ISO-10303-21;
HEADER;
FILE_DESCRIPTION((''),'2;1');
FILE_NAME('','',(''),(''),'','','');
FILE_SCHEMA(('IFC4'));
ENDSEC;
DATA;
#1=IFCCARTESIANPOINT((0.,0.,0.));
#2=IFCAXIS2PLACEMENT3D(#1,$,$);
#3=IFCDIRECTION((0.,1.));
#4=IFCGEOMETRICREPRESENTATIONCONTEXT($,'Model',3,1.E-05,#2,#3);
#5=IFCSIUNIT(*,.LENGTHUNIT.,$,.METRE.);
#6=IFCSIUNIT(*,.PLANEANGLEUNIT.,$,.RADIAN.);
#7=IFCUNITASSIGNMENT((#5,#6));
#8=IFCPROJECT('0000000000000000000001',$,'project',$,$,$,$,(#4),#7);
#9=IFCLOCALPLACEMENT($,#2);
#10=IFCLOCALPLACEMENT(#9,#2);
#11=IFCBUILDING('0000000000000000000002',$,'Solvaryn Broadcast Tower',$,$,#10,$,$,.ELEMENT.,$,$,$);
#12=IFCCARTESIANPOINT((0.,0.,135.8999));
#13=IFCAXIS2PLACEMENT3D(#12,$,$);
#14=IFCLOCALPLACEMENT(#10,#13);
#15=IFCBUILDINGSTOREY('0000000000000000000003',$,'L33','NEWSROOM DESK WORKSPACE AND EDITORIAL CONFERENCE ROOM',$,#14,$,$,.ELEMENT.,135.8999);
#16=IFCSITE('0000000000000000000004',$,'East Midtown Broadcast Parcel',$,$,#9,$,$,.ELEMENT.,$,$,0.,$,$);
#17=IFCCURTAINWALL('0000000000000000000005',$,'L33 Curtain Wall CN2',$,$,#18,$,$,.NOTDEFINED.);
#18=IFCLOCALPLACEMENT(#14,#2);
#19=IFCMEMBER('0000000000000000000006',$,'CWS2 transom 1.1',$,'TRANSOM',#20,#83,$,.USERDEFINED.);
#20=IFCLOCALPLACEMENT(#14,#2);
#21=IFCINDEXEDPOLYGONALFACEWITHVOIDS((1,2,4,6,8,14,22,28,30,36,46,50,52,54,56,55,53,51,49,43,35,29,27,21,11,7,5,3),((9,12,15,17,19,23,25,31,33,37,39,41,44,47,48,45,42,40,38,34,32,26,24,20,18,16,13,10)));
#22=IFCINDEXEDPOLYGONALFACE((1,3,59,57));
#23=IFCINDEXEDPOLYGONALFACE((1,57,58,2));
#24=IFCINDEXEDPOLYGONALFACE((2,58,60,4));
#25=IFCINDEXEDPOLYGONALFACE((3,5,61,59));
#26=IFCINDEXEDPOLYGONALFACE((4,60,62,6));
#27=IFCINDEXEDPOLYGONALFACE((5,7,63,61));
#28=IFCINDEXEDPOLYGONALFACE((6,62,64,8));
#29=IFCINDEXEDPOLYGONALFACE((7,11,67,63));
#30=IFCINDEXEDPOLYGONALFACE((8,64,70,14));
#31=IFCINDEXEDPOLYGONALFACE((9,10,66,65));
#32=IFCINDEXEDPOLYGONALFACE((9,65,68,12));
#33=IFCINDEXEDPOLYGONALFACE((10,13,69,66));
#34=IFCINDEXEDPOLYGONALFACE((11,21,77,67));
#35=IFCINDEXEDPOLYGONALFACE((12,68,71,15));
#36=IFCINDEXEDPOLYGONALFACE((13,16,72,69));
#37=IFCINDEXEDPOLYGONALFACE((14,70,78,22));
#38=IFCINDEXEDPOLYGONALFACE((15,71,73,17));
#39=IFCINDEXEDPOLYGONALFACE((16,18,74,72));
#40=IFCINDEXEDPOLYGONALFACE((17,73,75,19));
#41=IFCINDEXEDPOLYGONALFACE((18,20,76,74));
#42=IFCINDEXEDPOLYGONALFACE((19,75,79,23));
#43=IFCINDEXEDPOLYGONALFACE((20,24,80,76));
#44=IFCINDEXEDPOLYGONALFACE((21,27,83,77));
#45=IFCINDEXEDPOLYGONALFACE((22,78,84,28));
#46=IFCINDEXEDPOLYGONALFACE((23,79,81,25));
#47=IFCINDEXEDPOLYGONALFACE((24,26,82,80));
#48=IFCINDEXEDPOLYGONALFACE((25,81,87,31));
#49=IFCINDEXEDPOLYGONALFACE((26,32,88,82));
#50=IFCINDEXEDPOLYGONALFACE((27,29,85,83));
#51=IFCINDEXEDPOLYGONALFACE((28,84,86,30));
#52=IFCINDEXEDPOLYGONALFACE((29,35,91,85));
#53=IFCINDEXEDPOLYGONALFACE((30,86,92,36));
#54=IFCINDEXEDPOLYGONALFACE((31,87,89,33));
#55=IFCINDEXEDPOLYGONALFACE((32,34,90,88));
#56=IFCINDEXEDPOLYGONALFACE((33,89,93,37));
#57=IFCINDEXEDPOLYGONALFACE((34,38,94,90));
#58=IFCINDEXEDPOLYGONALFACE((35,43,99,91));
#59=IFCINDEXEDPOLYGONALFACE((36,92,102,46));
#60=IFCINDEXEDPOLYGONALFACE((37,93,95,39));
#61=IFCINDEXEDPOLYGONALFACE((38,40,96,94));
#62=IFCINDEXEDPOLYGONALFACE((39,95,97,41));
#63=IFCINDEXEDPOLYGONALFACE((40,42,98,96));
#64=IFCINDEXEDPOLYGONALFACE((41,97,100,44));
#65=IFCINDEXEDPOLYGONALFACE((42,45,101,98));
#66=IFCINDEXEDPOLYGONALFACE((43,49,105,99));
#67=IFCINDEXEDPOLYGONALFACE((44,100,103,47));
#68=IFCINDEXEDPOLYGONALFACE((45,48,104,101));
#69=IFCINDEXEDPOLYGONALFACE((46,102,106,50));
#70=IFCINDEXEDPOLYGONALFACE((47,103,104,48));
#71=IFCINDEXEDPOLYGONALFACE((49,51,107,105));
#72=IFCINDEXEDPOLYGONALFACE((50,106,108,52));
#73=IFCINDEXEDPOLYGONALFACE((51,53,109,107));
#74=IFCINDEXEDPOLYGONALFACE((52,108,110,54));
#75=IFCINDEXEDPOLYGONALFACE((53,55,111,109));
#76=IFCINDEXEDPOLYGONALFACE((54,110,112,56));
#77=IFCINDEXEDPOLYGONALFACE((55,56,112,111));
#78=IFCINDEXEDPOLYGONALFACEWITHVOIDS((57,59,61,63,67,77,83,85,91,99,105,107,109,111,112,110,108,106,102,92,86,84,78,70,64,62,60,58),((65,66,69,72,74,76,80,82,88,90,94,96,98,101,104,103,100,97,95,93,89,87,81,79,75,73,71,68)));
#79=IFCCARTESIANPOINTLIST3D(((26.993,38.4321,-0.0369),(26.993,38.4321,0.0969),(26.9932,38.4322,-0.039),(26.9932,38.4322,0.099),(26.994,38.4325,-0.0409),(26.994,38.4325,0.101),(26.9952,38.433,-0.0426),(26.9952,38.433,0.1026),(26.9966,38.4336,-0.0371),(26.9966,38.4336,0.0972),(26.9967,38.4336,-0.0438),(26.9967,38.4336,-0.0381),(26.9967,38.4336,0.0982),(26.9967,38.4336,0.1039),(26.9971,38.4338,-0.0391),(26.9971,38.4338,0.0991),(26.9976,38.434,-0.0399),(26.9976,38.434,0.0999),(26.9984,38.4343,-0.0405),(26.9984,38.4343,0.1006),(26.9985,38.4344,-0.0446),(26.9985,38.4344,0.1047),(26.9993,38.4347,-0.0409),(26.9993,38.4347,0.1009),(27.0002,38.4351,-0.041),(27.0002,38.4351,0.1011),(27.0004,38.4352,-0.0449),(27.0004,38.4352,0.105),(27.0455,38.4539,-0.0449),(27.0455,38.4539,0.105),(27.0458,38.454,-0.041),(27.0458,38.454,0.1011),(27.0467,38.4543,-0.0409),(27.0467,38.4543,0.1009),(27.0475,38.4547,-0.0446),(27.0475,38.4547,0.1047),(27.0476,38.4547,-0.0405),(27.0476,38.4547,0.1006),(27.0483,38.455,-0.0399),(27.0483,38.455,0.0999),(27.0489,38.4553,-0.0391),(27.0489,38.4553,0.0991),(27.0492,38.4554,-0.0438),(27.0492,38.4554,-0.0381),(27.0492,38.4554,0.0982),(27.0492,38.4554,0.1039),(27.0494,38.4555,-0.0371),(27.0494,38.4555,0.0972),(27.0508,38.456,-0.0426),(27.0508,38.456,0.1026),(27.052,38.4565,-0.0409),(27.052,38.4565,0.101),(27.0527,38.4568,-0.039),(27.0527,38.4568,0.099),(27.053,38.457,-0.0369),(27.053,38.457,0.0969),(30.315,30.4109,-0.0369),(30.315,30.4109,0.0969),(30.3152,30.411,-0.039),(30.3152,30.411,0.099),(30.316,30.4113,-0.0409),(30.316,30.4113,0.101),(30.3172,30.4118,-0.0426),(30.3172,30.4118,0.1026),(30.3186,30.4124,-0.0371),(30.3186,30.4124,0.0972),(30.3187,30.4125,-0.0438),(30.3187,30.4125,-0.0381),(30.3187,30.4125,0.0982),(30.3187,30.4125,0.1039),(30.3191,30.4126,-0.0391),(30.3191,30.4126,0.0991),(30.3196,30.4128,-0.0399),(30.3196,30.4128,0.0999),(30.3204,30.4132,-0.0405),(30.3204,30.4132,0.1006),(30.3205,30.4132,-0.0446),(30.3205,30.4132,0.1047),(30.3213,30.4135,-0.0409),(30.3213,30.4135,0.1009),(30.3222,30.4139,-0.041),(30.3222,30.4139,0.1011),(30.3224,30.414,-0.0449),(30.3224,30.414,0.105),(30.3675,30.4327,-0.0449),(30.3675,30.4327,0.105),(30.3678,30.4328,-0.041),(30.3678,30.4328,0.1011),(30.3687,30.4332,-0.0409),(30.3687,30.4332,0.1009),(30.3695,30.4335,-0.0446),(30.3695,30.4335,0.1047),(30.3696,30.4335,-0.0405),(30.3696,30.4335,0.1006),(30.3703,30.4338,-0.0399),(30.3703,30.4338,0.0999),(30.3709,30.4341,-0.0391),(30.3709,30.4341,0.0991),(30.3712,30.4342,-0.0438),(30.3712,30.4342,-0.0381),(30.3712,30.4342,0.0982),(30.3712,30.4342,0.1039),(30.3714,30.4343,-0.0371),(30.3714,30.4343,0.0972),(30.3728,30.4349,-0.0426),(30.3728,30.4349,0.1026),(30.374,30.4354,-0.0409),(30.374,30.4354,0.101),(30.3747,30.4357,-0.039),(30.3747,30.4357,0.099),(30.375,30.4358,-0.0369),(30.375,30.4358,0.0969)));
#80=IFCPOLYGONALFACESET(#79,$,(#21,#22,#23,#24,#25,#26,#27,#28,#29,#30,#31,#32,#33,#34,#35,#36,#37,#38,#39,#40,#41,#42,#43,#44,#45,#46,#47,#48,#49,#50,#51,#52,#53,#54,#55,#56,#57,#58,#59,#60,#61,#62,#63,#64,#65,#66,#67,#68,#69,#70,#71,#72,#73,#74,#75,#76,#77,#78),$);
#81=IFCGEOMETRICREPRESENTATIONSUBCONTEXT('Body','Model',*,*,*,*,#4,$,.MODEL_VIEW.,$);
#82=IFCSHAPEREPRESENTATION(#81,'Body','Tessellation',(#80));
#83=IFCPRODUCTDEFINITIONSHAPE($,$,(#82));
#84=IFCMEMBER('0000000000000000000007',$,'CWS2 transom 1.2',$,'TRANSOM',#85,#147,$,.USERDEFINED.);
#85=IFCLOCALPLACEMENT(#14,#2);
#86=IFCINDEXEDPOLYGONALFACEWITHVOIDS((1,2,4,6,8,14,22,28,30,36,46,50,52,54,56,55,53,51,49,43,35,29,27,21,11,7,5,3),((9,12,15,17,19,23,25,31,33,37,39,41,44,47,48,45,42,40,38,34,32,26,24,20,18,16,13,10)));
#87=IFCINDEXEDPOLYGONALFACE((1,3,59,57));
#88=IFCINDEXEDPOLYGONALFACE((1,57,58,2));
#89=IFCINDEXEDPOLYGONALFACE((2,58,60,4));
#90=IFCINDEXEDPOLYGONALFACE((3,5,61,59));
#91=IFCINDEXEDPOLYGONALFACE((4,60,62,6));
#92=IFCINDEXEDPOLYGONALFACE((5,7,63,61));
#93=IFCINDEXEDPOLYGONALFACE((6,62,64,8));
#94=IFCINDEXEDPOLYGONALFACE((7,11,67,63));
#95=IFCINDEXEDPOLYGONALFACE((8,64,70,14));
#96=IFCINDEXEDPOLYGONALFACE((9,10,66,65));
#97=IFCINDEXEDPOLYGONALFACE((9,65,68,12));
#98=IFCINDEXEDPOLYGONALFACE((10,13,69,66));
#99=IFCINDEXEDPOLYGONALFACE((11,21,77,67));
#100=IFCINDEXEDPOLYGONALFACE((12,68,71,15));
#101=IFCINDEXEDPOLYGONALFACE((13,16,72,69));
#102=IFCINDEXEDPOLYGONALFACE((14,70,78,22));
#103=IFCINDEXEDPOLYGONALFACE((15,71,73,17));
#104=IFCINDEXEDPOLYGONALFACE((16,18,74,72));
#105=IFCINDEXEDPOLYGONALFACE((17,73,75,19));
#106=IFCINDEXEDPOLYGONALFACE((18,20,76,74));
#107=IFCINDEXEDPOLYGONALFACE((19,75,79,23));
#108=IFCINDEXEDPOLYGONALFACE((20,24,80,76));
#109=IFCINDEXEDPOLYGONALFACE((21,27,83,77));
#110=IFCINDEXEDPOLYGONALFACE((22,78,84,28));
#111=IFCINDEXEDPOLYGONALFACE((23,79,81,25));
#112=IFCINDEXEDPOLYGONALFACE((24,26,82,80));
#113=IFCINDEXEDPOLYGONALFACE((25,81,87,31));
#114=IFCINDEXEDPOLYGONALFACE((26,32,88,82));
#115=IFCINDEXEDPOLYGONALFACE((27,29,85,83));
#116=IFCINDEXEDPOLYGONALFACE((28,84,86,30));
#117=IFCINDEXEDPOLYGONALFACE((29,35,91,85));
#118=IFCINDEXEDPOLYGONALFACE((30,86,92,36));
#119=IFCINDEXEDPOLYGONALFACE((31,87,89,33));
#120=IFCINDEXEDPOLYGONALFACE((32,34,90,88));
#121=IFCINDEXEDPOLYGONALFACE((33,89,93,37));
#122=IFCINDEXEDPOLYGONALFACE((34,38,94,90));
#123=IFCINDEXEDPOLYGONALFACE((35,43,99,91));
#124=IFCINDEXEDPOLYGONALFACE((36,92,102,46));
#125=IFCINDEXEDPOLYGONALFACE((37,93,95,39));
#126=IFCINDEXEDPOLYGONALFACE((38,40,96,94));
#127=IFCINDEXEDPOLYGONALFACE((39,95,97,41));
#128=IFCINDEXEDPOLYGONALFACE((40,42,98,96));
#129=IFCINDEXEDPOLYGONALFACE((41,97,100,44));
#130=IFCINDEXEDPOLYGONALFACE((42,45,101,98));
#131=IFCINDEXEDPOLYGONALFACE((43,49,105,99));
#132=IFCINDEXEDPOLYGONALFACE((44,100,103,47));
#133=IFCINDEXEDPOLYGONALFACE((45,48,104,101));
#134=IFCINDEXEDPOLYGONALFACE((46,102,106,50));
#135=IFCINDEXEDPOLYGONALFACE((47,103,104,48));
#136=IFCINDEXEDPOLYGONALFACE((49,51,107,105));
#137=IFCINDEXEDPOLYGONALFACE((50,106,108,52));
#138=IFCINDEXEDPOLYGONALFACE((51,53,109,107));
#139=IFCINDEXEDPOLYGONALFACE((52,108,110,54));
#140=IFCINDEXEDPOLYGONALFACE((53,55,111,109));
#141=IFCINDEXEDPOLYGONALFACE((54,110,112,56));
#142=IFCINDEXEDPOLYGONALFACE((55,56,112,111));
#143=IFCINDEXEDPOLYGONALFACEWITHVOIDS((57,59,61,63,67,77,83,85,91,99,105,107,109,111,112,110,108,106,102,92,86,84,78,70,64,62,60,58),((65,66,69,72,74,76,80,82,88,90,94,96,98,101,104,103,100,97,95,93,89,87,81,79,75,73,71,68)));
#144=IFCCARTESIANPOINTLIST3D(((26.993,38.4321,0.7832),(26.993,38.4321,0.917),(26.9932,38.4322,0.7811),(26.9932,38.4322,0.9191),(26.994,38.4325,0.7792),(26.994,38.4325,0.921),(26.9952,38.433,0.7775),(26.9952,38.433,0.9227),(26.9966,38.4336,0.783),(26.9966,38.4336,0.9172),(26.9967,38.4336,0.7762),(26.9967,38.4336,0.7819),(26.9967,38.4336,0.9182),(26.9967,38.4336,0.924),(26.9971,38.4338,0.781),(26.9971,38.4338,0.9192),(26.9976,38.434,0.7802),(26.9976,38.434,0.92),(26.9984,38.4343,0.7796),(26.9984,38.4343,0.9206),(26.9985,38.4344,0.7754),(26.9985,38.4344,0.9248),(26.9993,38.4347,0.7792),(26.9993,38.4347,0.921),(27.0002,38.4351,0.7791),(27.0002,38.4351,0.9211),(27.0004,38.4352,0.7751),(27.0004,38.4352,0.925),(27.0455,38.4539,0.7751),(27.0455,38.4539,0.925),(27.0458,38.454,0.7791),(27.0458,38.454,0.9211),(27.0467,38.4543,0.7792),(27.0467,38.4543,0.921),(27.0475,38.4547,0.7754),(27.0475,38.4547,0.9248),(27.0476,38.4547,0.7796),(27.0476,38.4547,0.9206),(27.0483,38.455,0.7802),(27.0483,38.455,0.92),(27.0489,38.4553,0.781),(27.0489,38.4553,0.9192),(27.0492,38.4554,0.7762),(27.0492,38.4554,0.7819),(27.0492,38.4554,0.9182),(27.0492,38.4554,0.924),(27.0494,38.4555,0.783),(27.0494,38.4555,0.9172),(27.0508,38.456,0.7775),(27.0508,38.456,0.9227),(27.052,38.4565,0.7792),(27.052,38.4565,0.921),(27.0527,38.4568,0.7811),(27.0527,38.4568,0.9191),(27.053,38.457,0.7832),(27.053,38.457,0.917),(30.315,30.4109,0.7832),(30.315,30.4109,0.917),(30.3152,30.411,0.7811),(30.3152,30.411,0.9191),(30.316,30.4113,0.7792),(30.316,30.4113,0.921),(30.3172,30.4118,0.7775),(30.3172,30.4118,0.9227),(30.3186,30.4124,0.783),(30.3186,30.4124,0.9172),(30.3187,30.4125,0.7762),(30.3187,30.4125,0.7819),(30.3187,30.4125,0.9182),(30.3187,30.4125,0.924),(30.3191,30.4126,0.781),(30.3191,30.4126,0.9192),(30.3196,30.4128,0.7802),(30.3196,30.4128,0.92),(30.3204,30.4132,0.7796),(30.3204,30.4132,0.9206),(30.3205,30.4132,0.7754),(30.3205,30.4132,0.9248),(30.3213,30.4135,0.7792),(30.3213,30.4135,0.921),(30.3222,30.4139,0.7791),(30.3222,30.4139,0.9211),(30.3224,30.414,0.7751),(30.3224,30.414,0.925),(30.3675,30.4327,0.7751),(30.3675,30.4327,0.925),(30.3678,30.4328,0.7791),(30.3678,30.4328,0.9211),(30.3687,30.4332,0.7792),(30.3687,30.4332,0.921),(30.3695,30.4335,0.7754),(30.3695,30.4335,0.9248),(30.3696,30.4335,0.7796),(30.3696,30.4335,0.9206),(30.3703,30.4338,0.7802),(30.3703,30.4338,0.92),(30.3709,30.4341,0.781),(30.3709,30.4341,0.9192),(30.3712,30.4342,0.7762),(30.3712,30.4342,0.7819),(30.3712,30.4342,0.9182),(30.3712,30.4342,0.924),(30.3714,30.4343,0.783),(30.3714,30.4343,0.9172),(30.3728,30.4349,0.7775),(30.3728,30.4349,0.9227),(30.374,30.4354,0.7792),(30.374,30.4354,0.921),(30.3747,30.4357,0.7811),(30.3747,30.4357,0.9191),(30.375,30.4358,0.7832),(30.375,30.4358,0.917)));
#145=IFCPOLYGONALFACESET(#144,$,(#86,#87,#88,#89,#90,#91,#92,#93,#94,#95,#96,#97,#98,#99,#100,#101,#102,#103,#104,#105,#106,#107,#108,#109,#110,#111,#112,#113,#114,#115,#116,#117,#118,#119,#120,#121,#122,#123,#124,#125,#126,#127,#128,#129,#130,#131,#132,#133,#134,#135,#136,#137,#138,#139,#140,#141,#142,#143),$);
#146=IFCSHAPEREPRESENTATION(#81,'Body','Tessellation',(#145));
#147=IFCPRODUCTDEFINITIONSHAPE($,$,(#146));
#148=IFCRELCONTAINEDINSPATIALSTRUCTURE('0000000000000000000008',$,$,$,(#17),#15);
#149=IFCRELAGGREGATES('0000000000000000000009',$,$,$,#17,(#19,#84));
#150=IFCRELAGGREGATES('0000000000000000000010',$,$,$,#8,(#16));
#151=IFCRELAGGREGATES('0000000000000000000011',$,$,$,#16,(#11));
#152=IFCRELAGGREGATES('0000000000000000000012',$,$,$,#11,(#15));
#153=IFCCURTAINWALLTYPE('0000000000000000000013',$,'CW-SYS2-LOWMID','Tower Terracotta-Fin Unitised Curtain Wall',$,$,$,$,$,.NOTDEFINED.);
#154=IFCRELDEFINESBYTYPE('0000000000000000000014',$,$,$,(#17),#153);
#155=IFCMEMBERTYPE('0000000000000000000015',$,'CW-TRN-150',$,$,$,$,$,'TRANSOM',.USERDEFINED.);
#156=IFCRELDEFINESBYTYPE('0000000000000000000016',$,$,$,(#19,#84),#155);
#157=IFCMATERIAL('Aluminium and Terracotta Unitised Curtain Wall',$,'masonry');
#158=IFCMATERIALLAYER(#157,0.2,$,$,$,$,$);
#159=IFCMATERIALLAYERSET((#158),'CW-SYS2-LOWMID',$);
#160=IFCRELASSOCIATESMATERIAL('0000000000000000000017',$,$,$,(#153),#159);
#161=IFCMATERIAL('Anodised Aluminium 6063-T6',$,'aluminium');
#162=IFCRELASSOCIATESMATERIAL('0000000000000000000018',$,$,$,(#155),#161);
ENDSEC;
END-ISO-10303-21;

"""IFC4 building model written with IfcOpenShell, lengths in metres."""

from ifc_helpers import new_model, si_unit, direction, frame, origin, origin_2d, place, context, subcontext, project, spatial, hollow_rectangle, extrude, material, layer, layer_set, material_profile, profile_set, type_object, element, aggregate, save


model = new_model("IFC4")

# Units and contexts
model_context = context("Model", 3, precision=1e-05, world=origin(), true_north=direction((0.0, 1.0)))
body_context = subcontext(model_context, "Body", "Model", "MODEL_VIEW")
ifc_project = project(units=[si_unit("LENGTHUNIT", "METRE"), si_unit("PLANEANGLEUNIT", "RADIAN")], contexts=[model_context])

# Site, building, storey
site_placement = place(None, origin())
site = spatial("IfcSite", under=ifc_project, at=site_placement, Name="East Midtown Broadcast Parcel", CompositionType="ELEMENT", RefElevation=0.0)
building_placement = place(site_placement, origin())
building = spatial("IfcBuilding", under=site, at=building_placement, Name="Solvaryn Broadcast Tower", CompositionType="ELEMENT")
storey_placement = place(building_placement, frame((0.0, 0.0, 135.8999)))
storey = spatial("IfcBuildingStorey", under=building, at=storey_placement, Name="L33", Description="NEWSROOM DESK WORKSPACE AND EDITORIAL CONFERENCE ROOM", CompositionType="ELEMENT", Elevation=135.8999)

# Shared definitions
ifc_material_1 = material(Name="Aluminium and Terracotta Unitised Curtain Wall", Category="masonry")
ifc_layer_1 = layer(ifc_material_1, 0.2)
ifc_layer_set_1 = layer_set([ifc_layer_1], Name="CW-SYS2-LOWMID")
curtain_wall_type = type_object("IfcCurtainWallType", Name="CW-SYS2-LOWMID", Description="Tower Terracotta-Fin Unitised Curtain Wall", PredefinedType="NOTDEFINED", material=ifc_layer_set_1)

# Curtain wall, members
curtain_wall_1_placement = place(storey_placement, origin())
curtain_wall_1 = element("IfcCurtainWall", 1, at=curtain_wall_1_placement, inside=storey, type_object=curtain_wall_type, Name="L33 Curtain Wall CN2", PredefinedType="NOTDEFINED")
ifc_material_2 = material(Name="Anodised Aluminium 6063-T6", Category="aluminium")
ifc_material_profile_1 = material_profile(ifc_material_2, hollow_rectangle(XDim=0.0649, YDim=0.1499, WallThickness=0.0039, InnerFilletRadius=0.0039, OuterFilletRadius=0.0081, at=origin_2d()))
ifc_profile_set_1 = profile_set([ifc_material_profile_1], Name="Anodised Aluminium 6063-T6")
member_type_1 = type_object("IfcMemberType", Name="CW-TRN-150", ElementType="TRANSOM", PredefinedType="USERDEFINED", material=ifc_profile_set_1)
member_1_placement = place(storey_placement, frame((30.345, 30.4233, 0.03), z_axis=(-0.382636, 0.923899, 0.0), x_axis=(-0.923899, -0.382636, 0.0)))
member_1 = element("IfcMember", 2, at=member_1_placement, type_object=member_type_1, Name="CWS2 transom 1.1", ObjectType="TRANSOM", PredefinedType="USERDEFINED", context=body_context, shape_type="SweptSolid", body=[
    extrude(hollow_rectangle(XDim=0.0649, YDim=0.1499, WallThickness=0.0039, InnerFilletRadius=0.0039, OuterFilletRadius=0.0081, at=origin_2d()), origin(), (0.0, 0.0, 1.0), 8.6819),
])
member_2_placement = place(storey_placement, frame((30.345, 30.4233, 0.8501), z_axis=(-0.382636, 0.923899, 0.0), x_axis=(-0.923899, -0.382636, 0.0)))
member_2 = element("IfcMember", 3, at=member_2_placement, type_object=member_type_1, Name="CWS2 transom 1.2", ObjectType="TRANSOM", PredefinedType="USERDEFINED", context=body_context, shape_type="SweptSolid", body=[
    extrude(hollow_rectangle(XDim=0.0649, YDim=0.1499, WallThickness=0.0039, InnerFilletRadius=0.0039, OuterFilletRadius=0.0081, at=origin_2d()), origin(), (0.0, 0.0, 1.0), 8.6819),
])

aggregate(curtain_wall_1, [member_1, member_2])

save(model, "model.ifc")
